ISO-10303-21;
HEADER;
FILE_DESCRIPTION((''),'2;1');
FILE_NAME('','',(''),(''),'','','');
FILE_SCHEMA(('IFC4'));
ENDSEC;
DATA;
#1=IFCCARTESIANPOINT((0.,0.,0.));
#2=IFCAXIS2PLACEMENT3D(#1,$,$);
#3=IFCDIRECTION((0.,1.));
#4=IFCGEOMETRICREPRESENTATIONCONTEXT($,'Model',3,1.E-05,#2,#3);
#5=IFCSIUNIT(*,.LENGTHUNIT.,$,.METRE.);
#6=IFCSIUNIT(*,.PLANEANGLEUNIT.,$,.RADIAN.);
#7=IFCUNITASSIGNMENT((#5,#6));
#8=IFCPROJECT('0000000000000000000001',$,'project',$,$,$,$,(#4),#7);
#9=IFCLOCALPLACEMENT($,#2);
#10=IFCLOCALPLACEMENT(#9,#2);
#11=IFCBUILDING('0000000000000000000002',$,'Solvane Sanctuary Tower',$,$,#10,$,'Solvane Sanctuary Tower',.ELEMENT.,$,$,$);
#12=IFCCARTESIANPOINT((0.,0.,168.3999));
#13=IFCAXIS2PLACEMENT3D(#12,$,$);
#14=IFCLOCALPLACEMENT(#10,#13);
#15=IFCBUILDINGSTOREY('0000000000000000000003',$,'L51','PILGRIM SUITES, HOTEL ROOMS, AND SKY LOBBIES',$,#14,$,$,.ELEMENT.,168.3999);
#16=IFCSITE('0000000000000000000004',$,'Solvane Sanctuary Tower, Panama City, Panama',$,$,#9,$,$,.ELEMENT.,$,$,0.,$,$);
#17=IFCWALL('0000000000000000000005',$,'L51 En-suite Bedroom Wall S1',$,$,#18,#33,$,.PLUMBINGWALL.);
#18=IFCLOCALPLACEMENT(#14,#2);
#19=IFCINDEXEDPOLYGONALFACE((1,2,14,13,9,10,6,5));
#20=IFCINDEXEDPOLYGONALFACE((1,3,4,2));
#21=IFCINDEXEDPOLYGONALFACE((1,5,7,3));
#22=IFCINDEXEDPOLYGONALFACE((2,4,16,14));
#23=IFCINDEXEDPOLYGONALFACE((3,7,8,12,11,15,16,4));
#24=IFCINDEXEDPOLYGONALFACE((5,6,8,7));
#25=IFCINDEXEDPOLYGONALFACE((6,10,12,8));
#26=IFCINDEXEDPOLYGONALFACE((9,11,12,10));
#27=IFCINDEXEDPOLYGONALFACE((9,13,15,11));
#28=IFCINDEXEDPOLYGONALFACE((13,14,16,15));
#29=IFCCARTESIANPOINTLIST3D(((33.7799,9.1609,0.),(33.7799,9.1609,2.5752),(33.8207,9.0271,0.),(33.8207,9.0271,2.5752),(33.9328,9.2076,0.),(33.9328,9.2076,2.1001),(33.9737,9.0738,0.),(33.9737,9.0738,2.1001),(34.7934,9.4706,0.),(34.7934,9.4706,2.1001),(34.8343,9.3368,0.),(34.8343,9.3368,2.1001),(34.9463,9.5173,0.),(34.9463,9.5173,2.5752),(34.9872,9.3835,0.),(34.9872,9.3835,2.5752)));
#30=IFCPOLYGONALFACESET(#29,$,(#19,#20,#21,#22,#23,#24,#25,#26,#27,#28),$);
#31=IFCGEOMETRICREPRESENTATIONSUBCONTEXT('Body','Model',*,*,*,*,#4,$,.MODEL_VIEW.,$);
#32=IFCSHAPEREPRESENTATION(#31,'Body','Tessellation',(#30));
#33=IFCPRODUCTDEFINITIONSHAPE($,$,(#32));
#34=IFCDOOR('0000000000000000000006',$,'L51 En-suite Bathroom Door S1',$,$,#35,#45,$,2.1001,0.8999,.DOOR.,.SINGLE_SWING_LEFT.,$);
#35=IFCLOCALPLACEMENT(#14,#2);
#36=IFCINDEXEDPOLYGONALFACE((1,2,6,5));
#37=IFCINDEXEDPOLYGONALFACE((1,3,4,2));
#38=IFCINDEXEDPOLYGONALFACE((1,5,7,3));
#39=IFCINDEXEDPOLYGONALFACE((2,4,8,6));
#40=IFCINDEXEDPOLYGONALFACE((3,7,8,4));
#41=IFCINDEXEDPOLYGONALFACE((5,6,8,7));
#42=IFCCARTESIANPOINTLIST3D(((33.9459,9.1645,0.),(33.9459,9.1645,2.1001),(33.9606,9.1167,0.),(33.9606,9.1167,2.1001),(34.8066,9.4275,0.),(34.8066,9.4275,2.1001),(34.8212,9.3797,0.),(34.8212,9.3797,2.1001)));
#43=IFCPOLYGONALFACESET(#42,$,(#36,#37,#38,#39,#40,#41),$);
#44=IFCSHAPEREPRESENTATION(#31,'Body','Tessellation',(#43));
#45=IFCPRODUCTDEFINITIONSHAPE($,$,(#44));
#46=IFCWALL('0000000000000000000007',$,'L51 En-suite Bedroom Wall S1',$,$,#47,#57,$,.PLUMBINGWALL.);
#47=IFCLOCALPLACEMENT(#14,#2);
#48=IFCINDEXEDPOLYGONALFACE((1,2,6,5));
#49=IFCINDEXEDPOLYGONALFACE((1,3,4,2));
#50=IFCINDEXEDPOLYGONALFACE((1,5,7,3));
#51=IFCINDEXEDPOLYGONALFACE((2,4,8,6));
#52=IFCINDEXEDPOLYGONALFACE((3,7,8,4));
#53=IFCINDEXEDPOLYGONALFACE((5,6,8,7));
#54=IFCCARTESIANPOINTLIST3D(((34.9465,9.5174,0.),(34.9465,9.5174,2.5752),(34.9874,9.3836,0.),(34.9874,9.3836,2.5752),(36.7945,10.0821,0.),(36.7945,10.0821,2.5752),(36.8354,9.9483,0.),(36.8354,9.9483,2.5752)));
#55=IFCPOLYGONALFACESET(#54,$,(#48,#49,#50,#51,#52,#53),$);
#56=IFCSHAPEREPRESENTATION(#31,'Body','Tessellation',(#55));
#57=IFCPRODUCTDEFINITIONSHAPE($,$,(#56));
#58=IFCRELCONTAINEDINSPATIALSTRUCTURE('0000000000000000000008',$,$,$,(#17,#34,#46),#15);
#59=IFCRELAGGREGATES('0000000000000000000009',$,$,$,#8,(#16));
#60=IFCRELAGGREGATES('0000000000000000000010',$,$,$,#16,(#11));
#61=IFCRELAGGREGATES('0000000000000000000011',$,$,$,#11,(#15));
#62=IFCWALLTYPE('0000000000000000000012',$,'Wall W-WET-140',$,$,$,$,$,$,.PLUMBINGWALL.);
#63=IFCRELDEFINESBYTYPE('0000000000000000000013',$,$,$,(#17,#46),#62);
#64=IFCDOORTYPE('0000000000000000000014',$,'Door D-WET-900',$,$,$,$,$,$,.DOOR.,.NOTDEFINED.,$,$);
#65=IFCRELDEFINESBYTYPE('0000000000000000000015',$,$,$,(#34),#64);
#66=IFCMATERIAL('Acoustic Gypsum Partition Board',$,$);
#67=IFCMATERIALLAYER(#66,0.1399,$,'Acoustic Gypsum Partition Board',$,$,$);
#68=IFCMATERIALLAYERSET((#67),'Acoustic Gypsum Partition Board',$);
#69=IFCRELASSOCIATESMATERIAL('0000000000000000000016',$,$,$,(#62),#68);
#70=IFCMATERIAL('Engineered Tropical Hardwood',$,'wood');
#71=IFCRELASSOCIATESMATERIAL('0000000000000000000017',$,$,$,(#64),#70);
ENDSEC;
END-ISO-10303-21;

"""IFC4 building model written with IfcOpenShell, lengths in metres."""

from ifc_helpers import new_model, si_unit, direction, frame, frame_2d, origin, place, context, subcontext, project, spatial, rectangle, extrude, material, layer, layer_set, type_object, element, fill, save


model = new_model("IFC4")

# Units and contexts
model_context = context("Model", 3, precision=1e-05, world=origin(), true_north=direction((0.0, 1.0)))
body_context = subcontext(model_context, "Body", "Model", "MODEL_VIEW")
ifc_project = project(units=[si_unit("LENGTHUNIT", "METRE"), si_unit("PLANEANGLEUNIT", "RADIAN")], contexts=[model_context])

# Site, building, storey
site_placement = place(None, origin())
site = spatial("IfcSite", under=ifc_project, at=site_placement, Name="Solvane Sanctuary Tower, Panama City, Panama", CompositionType="ELEMENT", RefElevation=0.0)
building_placement = place(site_placement, origin())
building = spatial("IfcBuilding", under=site, at=building_placement, Name="Solvane Sanctuary Tower", LongName="Solvane Sanctuary Tower", CompositionType="ELEMENT")
storey_placement = place(building_placement, frame((0.0, 0.0, 168.3999)))
storey = spatial("IfcBuildingStorey", under=building, at=storey_placement, Name="L51", Description="PILGRIM SUITES, HOTEL ROOMS, AND SKY LOBBIES", CompositionType="ELEMENT", Elevation=168.3999)

# Shared definitions
ifc_material_1 = material(Name="Acoustic Gypsum Partition Board")

# Shared definitions
ifc_material_2 = material(Name="Engineered Tropical Hardwood", Category="wood")

# Shared definitions
ifc_layer_1 = layer(ifc_material_1, 0.1399, Name="Acoustic Gypsum Partition Board")
ifc_layer_set_1 = layer_set([ifc_layer_1], Name="Acoustic Gypsum Partition Board")
wall_type_1 = type_object("IfcWallType", Name="Wall W-WET-140", PredefinedType="PLUMBINGWALL", material=ifc_layer_set_1)

# Wall, opening, door
wall_1_placement = place(storey_placement, frame((33.8003, 9.094, 0.0), z_axis=(0.0, 0.0, 1.0), x_axis=(0.956348, 0.292229, 0.0)))
wall_1 = element("IfcWall", 1, at=wall_1_placement, inside=storey, type_object=wall_type_1, Name="L51 En-suite Bedroom Wall S1", PredefinedType="PLUMBINGWALL", context=body_context, shape_type="SweptSolid", body=[
    extrude(rectangle(XDim=1.2197, YDim=0.1399, at=frame_2d((0.6099, 0.0))), origin(), (0.0, 0.0, 1.0), 2.5752),
])
opening_1_placement = place(wall_1_placement, frame((0.1599, 0.0, 0.0)))
opening_1 = element("IfcOpeningElement", 2, at=opening_1_placement, cuts=wall_1, PredefinedType="OPENING", context=body_context, shape_type="SweptSolid", body=[
    extrude(rectangle(XDim=0.8999, YDim=2.1001, at=frame_2d((0.45, 1.05))), frame((0.0, 0.0798, 0.0), z_axis=(0.0, -1.0, 0.0), x_axis=(1.0, 0.0, 0.0)), (0.0, 0.0, 1.0), 0.1599),
])
door_type_1 = type_object("IfcDoorType", Name="Door D-WET-900", OperationType="NOTDEFINED", PredefinedType="DOOR", material=ifc_material_2)
door_1_placement = place(opening_1_placement, origin())
door_1 = element("IfcDoor", 3, at=door_1_placement, inside=storey, type_object=door_type_1, Name="L51 En-suite Bathroom Door S1", OperationType="SINGLE_SWING_LEFT", OverallHeight=2.1001, OverallWidth=0.8999, PredefinedType="DOOR", context=body_context, shape_type="SweptSolid", body=[
    extrude(rectangle(XDim=0.8999, YDim=2.1001, at=frame_2d((0.45, 1.05))), frame((0.0, 0.0249, 0.0), z_axis=(0.0, -1.0, 0.0), x_axis=(1.0, 0.0, 0.0)), (0.0, 0.0, 1.0), 0.05),
])
fill(opening_1, door_1)

# Wall
wall_2_placement = place(storey_placement, frame((34.9668, 9.4504, 0.0), z_axis=(0.0, 0.0, 1.0), x_axis=(0.956343, 0.292247, 0.0)))
element("IfcWall", 4, at=wall_2_placement, inside=storey, type_object=wall_type_1, Name="L51 En-suite Bedroom Wall S1", PredefinedType="PLUMBINGWALL", context=body_context, shape_type="SweptSolid", body=[
    extrude(rectangle(XDim=1.9324, YDim=0.1399, at=frame_2d((0.9663, 0.0))), origin(), (0.0, 0.0, 1.0), 2.5752),
])

save(model, "model.ifc")
